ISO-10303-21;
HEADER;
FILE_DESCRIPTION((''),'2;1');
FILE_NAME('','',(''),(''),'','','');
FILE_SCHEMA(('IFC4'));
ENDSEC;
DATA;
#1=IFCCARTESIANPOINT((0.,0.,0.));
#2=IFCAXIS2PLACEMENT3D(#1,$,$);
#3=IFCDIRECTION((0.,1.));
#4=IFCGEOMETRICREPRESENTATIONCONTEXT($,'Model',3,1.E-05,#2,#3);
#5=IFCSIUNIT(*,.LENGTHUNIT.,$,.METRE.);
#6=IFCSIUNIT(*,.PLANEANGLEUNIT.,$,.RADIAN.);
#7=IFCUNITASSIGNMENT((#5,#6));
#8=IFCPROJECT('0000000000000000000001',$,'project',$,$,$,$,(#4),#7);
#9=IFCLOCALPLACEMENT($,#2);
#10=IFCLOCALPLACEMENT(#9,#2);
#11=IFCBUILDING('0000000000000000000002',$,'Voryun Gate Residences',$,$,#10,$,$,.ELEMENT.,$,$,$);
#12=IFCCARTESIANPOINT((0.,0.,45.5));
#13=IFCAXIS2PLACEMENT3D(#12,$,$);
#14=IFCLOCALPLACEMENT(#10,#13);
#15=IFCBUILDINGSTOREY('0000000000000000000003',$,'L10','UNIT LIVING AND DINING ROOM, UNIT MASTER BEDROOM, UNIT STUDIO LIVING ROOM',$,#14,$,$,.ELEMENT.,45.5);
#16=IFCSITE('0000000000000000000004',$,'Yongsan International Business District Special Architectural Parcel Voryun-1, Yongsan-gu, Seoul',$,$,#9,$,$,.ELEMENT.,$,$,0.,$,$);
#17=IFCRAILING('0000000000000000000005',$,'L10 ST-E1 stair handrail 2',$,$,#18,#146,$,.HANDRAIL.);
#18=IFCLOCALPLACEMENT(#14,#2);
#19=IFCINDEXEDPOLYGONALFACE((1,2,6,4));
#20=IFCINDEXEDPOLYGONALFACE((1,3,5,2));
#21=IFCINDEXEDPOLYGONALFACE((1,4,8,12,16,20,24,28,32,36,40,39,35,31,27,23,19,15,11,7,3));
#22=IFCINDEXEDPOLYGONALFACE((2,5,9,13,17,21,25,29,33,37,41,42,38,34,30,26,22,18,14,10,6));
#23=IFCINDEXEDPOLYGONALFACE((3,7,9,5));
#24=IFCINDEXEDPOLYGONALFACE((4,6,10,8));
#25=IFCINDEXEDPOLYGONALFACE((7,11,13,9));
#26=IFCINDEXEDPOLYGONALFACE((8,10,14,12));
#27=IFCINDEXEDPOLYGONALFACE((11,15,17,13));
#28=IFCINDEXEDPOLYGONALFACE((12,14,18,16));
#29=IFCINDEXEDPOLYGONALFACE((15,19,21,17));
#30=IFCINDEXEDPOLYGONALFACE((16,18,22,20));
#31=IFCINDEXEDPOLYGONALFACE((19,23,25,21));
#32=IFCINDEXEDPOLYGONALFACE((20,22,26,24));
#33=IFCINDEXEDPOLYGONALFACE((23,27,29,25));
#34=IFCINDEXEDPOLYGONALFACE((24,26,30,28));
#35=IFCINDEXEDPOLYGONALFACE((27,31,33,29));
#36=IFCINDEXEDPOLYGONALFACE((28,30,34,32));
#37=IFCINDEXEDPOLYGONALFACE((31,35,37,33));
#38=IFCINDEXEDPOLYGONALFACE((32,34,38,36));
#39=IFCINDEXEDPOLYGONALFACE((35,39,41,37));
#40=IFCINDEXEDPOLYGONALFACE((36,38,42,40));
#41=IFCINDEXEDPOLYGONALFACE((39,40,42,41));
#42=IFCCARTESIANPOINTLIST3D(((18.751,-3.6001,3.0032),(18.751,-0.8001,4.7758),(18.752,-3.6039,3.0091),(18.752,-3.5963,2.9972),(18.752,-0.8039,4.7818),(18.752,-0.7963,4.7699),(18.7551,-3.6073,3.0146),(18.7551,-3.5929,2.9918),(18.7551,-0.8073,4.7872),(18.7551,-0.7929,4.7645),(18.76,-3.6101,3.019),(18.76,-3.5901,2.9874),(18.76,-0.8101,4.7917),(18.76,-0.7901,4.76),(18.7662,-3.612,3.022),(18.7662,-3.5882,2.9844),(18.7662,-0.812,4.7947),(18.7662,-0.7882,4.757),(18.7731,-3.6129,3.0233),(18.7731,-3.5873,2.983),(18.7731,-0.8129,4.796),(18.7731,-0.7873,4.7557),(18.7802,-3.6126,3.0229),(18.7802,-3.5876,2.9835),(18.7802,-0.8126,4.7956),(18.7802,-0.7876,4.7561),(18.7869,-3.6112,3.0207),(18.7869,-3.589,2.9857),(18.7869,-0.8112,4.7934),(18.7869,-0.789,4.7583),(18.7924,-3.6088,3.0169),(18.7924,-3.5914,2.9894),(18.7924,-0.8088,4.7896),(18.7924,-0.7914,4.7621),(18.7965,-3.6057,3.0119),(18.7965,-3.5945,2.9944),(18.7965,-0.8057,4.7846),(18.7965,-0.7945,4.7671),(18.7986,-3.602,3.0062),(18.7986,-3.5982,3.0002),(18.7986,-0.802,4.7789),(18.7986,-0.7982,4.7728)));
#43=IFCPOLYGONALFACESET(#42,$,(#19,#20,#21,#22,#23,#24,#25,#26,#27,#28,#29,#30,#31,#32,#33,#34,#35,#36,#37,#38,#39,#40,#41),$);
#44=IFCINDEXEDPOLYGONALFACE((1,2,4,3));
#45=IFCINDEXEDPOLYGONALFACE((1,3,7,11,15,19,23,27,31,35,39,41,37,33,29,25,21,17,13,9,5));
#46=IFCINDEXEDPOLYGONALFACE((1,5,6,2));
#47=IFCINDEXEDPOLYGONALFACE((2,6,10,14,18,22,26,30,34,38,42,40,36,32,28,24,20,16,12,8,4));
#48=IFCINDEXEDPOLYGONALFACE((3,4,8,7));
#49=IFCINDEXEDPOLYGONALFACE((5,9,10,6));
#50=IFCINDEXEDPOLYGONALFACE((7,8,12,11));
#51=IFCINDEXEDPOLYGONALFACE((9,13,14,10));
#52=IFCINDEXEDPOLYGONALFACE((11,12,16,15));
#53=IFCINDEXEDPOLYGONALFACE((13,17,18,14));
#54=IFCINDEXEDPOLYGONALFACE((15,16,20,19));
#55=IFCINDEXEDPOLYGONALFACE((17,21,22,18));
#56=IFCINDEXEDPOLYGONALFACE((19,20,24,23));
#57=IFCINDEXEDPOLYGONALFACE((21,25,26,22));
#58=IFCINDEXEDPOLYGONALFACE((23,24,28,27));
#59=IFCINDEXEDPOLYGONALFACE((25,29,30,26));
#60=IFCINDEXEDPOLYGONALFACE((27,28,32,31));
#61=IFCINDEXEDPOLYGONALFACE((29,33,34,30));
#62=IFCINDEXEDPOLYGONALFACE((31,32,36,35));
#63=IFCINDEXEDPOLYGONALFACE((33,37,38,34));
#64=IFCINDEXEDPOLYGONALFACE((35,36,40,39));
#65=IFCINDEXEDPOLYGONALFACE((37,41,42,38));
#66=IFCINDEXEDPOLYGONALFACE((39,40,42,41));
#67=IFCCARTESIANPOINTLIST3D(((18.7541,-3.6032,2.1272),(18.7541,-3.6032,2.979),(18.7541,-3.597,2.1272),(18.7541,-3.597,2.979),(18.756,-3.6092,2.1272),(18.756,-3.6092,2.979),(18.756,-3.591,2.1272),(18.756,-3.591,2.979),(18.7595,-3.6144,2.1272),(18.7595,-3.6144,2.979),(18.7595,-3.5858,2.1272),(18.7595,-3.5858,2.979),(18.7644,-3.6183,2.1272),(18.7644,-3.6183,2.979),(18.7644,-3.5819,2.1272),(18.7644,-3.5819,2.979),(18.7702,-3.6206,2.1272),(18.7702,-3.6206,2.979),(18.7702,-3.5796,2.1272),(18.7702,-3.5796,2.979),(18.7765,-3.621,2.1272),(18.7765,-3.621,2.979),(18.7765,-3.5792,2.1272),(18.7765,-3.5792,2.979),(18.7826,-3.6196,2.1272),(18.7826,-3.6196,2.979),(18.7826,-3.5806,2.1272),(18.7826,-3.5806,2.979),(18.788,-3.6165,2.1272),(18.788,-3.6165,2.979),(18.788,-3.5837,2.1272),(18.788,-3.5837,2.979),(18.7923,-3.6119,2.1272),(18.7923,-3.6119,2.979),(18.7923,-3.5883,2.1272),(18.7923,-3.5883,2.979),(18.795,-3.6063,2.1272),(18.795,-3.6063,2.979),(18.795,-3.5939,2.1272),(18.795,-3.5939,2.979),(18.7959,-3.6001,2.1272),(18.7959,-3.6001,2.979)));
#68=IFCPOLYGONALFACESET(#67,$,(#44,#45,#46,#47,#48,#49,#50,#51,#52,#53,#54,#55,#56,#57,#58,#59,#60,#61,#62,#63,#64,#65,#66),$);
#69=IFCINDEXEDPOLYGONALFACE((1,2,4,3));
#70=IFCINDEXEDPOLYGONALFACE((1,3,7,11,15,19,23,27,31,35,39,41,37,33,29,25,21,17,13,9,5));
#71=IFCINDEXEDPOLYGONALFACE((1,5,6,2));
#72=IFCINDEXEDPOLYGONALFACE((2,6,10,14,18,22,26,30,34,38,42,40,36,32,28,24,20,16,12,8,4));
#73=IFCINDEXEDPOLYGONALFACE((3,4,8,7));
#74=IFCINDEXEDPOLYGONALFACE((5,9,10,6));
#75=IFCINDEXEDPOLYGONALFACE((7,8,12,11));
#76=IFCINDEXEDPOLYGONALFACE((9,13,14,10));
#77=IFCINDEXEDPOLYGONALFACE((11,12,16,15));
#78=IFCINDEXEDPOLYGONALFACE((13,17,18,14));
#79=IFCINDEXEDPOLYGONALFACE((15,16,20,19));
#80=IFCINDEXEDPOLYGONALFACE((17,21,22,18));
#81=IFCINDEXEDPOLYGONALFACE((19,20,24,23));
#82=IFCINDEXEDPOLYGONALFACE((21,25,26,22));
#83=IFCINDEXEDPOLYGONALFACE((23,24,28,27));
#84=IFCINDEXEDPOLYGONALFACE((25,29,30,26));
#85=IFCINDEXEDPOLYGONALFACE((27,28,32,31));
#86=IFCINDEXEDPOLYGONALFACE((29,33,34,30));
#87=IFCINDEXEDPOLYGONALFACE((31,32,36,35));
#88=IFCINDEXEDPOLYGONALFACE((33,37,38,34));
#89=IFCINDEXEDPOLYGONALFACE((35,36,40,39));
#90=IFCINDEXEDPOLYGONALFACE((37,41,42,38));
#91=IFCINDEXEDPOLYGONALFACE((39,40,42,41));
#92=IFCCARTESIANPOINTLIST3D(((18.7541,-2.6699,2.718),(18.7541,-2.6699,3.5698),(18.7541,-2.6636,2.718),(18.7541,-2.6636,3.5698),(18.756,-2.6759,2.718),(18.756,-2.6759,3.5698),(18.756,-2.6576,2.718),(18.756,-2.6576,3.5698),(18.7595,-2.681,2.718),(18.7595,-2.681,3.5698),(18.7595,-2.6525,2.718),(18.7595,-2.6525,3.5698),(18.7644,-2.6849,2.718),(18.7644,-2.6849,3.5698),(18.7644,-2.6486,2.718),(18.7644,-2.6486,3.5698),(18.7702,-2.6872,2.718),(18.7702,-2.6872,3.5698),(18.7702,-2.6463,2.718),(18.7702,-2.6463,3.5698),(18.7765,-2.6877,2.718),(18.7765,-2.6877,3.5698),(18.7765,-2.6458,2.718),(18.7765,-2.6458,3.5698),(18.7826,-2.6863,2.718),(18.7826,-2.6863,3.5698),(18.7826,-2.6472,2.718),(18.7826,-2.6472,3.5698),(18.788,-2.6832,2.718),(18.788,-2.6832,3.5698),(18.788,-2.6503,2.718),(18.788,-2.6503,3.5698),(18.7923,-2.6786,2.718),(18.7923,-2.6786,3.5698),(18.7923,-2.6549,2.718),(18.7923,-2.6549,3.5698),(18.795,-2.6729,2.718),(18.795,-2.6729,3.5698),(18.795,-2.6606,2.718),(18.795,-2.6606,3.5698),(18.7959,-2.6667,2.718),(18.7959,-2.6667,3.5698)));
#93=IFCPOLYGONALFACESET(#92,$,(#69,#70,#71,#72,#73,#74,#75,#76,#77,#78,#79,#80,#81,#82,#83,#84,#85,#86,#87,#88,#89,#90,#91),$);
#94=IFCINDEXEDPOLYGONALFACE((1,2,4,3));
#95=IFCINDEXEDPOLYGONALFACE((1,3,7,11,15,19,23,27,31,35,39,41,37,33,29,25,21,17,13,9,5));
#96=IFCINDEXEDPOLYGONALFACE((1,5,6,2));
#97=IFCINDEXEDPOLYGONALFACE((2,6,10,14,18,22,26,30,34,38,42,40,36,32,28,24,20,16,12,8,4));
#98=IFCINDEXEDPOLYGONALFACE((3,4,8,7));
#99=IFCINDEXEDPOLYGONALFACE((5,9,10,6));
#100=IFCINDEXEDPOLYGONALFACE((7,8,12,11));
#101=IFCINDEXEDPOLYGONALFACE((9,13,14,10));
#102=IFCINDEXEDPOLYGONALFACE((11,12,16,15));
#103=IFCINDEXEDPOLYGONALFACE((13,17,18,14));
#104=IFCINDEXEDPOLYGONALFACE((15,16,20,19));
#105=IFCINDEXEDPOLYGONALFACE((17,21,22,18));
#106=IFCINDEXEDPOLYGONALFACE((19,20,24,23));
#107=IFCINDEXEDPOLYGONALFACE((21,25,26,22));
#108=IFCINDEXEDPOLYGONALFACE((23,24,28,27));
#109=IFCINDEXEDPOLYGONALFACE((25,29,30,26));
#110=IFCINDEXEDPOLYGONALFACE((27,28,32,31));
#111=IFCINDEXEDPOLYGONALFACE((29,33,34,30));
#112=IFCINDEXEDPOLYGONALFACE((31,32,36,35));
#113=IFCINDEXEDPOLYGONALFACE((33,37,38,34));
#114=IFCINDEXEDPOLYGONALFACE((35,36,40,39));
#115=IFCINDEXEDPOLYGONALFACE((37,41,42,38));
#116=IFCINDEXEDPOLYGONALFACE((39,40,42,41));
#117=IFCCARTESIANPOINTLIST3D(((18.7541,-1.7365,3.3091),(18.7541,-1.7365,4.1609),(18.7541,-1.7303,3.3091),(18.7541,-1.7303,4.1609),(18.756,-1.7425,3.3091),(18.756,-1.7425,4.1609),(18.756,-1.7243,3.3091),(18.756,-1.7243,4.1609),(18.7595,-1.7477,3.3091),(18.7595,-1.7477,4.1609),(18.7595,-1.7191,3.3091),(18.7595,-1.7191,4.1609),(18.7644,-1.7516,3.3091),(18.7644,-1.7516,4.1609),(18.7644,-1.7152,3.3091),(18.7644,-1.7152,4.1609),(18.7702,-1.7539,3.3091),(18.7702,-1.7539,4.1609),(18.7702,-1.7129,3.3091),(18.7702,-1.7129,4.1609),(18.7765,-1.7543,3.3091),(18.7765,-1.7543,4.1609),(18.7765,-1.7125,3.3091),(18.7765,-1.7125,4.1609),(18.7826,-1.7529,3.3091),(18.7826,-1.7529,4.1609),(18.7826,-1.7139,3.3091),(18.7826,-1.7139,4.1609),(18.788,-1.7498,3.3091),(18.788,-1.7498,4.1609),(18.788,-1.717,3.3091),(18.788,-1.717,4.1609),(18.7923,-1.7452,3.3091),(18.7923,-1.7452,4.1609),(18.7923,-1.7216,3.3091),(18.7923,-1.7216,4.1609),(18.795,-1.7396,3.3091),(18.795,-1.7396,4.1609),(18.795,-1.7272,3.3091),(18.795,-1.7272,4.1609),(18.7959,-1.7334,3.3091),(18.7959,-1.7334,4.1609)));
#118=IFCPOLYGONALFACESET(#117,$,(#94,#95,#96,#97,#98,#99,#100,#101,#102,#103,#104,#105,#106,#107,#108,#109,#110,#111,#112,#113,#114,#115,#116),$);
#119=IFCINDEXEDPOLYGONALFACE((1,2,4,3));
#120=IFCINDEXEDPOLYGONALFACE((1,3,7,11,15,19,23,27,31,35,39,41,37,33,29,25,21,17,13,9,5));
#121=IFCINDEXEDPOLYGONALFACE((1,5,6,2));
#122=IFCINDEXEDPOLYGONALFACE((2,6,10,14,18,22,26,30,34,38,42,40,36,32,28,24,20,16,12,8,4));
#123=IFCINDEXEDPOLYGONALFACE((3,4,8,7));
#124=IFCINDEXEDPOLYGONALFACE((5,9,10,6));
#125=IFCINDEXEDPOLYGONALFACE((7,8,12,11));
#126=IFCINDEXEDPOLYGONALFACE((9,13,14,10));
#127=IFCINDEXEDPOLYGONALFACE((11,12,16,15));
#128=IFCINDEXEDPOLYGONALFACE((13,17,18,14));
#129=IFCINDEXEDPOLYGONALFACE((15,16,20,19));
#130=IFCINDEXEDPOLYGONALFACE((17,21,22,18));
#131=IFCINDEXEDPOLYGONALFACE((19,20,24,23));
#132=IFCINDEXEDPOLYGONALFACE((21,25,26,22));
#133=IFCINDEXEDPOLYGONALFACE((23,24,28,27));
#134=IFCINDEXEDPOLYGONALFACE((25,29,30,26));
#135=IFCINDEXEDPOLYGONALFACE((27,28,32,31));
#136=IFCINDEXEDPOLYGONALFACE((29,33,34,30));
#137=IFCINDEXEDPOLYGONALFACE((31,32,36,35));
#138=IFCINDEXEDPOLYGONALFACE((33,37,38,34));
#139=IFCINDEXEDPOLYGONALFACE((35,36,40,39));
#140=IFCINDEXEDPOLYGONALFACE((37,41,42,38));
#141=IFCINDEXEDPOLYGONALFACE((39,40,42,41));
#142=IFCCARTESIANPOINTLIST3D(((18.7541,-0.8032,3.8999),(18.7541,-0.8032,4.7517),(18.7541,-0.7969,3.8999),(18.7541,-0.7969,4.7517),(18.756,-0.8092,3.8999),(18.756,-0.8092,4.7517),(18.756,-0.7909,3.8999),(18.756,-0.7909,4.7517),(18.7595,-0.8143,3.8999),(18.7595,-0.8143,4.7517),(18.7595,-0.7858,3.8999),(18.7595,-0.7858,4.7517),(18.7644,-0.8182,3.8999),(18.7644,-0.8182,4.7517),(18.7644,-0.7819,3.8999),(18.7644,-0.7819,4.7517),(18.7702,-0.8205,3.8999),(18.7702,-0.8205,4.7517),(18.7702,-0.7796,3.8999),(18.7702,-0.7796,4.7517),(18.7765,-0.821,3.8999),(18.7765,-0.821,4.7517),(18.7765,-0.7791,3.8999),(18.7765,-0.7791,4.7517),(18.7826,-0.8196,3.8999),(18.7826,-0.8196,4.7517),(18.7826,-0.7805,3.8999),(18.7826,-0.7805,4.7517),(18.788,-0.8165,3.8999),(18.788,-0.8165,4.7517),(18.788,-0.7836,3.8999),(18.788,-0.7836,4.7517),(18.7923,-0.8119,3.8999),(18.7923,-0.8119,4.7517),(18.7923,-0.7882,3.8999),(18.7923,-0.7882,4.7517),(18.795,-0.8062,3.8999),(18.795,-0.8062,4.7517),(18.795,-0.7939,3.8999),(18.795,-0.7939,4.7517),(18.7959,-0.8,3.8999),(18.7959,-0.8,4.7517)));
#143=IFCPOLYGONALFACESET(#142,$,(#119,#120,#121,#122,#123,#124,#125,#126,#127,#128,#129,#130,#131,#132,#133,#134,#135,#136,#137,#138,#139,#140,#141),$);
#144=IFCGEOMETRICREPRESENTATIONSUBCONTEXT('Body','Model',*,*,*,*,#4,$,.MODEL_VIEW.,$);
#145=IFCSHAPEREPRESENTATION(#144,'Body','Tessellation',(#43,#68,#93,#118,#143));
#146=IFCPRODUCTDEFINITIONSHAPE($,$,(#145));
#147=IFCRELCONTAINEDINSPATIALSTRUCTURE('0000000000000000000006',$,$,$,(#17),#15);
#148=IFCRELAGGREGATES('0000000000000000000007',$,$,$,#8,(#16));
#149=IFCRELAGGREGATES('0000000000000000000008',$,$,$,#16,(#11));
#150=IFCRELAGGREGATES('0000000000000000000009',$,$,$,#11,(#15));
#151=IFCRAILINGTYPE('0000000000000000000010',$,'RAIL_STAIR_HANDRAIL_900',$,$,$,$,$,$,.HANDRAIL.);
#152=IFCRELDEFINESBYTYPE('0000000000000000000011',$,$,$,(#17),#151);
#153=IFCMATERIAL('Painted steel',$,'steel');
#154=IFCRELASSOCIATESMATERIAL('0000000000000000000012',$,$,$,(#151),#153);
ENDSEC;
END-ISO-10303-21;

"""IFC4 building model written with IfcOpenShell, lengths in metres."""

from ifc_helpers import new_model, si_unit, direction, frame, origin, origin_2d, place, context, subcontext, project, spatial, circle, extrude, material, type_object, element, save


model = new_model("IFC4")

# Units and contexts
model_context = context("Model", 3, precision=1e-05, world=origin(), true_north=direction((0.0, 1.0)))
body_context = subcontext(model_context, "Body", "Model", "MODEL_VIEW")
ifc_project = project(units=[si_unit("LENGTHUNIT", "METRE"), si_unit("PLANEANGLEUNIT", "RADIAN")], contexts=[model_context])

# Site, building, storey
site_placement = place(None, origin())
site = spatial("IfcSite", under=ifc_project, at=site_placement, Name="Yongsan International Business District Special Architectural Parcel Voryun-1, Yongsan-gu, Seoul", CompositionType="ELEMENT", RefElevation=0.0)
building_placement = place(site_placement, origin())
building = spatial("IfcBuilding", under=site, at=building_placement, Name="Voryun Gate Residences", CompositionType="ELEMENT")
storey_placement = place(building_placement, frame((0.0, 0.0, 45.5)))
storey = spatial("IfcBuildingStorey", under=building, at=storey_placement, Name="L10", Description="UNIT LIVING AND DINING ROOM, UNIT MASTER BEDROOM, UNIT STUDIO LIVING ROOM", CompositionType="ELEMENT", Elevation=45.5)

# Railing
ifc_material_1 = material(Name="Painted steel", Category="steel")
railing_type_1 = type_object("IfcRailingType", Name="RAIL_STAIR_HANDRAIL_900", PredefinedType="HANDRAIL", material=ifc_material_1)
railing_1_placement = place(storey_placement, frame((18.7749, -3.6001, 2.1272)))
element("IfcRailing", 1, at=railing_1_placement, inside=storey, type_object=railing_type_1, Name="L10 ST-E1 stair handrail 2", PredefinedType="HANDRAIL", context=body_context, shape_type="SweptSolid", body=[
    extrude(circle(Radius=0.0239, at=origin_2d()), frame((0.0, 0.0, 0.876), z_axis=(0.0, 0.844909, 0.53491), x_axis=(-1.0, 0.0, 0.0)), (0.0, 0.0, 1.0), 3.314),
    extrude(circle(Radius=0.021, at=origin_2d()), origin(), (0.0, 0.0, 1.0), 0.8518),
    extrude(circle(Radius=0.021, at=origin_2d()), frame((0.0, 0.9333, 0.5908)), (0.0, 0.0, 1.0), 0.8518),
    extrude(circle(Radius=0.021, at=origin_2d()), frame((0.0, 1.8667, 1.1819)), (0.0, 0.0, 1.0), 0.8518),
    extrude(circle(Radius=0.021, at=origin_2d()), frame((0.0, 2.8, 1.7727)), (0.0, 0.0, 1.0), 0.8518),
])

save(model, "model.ifc")
